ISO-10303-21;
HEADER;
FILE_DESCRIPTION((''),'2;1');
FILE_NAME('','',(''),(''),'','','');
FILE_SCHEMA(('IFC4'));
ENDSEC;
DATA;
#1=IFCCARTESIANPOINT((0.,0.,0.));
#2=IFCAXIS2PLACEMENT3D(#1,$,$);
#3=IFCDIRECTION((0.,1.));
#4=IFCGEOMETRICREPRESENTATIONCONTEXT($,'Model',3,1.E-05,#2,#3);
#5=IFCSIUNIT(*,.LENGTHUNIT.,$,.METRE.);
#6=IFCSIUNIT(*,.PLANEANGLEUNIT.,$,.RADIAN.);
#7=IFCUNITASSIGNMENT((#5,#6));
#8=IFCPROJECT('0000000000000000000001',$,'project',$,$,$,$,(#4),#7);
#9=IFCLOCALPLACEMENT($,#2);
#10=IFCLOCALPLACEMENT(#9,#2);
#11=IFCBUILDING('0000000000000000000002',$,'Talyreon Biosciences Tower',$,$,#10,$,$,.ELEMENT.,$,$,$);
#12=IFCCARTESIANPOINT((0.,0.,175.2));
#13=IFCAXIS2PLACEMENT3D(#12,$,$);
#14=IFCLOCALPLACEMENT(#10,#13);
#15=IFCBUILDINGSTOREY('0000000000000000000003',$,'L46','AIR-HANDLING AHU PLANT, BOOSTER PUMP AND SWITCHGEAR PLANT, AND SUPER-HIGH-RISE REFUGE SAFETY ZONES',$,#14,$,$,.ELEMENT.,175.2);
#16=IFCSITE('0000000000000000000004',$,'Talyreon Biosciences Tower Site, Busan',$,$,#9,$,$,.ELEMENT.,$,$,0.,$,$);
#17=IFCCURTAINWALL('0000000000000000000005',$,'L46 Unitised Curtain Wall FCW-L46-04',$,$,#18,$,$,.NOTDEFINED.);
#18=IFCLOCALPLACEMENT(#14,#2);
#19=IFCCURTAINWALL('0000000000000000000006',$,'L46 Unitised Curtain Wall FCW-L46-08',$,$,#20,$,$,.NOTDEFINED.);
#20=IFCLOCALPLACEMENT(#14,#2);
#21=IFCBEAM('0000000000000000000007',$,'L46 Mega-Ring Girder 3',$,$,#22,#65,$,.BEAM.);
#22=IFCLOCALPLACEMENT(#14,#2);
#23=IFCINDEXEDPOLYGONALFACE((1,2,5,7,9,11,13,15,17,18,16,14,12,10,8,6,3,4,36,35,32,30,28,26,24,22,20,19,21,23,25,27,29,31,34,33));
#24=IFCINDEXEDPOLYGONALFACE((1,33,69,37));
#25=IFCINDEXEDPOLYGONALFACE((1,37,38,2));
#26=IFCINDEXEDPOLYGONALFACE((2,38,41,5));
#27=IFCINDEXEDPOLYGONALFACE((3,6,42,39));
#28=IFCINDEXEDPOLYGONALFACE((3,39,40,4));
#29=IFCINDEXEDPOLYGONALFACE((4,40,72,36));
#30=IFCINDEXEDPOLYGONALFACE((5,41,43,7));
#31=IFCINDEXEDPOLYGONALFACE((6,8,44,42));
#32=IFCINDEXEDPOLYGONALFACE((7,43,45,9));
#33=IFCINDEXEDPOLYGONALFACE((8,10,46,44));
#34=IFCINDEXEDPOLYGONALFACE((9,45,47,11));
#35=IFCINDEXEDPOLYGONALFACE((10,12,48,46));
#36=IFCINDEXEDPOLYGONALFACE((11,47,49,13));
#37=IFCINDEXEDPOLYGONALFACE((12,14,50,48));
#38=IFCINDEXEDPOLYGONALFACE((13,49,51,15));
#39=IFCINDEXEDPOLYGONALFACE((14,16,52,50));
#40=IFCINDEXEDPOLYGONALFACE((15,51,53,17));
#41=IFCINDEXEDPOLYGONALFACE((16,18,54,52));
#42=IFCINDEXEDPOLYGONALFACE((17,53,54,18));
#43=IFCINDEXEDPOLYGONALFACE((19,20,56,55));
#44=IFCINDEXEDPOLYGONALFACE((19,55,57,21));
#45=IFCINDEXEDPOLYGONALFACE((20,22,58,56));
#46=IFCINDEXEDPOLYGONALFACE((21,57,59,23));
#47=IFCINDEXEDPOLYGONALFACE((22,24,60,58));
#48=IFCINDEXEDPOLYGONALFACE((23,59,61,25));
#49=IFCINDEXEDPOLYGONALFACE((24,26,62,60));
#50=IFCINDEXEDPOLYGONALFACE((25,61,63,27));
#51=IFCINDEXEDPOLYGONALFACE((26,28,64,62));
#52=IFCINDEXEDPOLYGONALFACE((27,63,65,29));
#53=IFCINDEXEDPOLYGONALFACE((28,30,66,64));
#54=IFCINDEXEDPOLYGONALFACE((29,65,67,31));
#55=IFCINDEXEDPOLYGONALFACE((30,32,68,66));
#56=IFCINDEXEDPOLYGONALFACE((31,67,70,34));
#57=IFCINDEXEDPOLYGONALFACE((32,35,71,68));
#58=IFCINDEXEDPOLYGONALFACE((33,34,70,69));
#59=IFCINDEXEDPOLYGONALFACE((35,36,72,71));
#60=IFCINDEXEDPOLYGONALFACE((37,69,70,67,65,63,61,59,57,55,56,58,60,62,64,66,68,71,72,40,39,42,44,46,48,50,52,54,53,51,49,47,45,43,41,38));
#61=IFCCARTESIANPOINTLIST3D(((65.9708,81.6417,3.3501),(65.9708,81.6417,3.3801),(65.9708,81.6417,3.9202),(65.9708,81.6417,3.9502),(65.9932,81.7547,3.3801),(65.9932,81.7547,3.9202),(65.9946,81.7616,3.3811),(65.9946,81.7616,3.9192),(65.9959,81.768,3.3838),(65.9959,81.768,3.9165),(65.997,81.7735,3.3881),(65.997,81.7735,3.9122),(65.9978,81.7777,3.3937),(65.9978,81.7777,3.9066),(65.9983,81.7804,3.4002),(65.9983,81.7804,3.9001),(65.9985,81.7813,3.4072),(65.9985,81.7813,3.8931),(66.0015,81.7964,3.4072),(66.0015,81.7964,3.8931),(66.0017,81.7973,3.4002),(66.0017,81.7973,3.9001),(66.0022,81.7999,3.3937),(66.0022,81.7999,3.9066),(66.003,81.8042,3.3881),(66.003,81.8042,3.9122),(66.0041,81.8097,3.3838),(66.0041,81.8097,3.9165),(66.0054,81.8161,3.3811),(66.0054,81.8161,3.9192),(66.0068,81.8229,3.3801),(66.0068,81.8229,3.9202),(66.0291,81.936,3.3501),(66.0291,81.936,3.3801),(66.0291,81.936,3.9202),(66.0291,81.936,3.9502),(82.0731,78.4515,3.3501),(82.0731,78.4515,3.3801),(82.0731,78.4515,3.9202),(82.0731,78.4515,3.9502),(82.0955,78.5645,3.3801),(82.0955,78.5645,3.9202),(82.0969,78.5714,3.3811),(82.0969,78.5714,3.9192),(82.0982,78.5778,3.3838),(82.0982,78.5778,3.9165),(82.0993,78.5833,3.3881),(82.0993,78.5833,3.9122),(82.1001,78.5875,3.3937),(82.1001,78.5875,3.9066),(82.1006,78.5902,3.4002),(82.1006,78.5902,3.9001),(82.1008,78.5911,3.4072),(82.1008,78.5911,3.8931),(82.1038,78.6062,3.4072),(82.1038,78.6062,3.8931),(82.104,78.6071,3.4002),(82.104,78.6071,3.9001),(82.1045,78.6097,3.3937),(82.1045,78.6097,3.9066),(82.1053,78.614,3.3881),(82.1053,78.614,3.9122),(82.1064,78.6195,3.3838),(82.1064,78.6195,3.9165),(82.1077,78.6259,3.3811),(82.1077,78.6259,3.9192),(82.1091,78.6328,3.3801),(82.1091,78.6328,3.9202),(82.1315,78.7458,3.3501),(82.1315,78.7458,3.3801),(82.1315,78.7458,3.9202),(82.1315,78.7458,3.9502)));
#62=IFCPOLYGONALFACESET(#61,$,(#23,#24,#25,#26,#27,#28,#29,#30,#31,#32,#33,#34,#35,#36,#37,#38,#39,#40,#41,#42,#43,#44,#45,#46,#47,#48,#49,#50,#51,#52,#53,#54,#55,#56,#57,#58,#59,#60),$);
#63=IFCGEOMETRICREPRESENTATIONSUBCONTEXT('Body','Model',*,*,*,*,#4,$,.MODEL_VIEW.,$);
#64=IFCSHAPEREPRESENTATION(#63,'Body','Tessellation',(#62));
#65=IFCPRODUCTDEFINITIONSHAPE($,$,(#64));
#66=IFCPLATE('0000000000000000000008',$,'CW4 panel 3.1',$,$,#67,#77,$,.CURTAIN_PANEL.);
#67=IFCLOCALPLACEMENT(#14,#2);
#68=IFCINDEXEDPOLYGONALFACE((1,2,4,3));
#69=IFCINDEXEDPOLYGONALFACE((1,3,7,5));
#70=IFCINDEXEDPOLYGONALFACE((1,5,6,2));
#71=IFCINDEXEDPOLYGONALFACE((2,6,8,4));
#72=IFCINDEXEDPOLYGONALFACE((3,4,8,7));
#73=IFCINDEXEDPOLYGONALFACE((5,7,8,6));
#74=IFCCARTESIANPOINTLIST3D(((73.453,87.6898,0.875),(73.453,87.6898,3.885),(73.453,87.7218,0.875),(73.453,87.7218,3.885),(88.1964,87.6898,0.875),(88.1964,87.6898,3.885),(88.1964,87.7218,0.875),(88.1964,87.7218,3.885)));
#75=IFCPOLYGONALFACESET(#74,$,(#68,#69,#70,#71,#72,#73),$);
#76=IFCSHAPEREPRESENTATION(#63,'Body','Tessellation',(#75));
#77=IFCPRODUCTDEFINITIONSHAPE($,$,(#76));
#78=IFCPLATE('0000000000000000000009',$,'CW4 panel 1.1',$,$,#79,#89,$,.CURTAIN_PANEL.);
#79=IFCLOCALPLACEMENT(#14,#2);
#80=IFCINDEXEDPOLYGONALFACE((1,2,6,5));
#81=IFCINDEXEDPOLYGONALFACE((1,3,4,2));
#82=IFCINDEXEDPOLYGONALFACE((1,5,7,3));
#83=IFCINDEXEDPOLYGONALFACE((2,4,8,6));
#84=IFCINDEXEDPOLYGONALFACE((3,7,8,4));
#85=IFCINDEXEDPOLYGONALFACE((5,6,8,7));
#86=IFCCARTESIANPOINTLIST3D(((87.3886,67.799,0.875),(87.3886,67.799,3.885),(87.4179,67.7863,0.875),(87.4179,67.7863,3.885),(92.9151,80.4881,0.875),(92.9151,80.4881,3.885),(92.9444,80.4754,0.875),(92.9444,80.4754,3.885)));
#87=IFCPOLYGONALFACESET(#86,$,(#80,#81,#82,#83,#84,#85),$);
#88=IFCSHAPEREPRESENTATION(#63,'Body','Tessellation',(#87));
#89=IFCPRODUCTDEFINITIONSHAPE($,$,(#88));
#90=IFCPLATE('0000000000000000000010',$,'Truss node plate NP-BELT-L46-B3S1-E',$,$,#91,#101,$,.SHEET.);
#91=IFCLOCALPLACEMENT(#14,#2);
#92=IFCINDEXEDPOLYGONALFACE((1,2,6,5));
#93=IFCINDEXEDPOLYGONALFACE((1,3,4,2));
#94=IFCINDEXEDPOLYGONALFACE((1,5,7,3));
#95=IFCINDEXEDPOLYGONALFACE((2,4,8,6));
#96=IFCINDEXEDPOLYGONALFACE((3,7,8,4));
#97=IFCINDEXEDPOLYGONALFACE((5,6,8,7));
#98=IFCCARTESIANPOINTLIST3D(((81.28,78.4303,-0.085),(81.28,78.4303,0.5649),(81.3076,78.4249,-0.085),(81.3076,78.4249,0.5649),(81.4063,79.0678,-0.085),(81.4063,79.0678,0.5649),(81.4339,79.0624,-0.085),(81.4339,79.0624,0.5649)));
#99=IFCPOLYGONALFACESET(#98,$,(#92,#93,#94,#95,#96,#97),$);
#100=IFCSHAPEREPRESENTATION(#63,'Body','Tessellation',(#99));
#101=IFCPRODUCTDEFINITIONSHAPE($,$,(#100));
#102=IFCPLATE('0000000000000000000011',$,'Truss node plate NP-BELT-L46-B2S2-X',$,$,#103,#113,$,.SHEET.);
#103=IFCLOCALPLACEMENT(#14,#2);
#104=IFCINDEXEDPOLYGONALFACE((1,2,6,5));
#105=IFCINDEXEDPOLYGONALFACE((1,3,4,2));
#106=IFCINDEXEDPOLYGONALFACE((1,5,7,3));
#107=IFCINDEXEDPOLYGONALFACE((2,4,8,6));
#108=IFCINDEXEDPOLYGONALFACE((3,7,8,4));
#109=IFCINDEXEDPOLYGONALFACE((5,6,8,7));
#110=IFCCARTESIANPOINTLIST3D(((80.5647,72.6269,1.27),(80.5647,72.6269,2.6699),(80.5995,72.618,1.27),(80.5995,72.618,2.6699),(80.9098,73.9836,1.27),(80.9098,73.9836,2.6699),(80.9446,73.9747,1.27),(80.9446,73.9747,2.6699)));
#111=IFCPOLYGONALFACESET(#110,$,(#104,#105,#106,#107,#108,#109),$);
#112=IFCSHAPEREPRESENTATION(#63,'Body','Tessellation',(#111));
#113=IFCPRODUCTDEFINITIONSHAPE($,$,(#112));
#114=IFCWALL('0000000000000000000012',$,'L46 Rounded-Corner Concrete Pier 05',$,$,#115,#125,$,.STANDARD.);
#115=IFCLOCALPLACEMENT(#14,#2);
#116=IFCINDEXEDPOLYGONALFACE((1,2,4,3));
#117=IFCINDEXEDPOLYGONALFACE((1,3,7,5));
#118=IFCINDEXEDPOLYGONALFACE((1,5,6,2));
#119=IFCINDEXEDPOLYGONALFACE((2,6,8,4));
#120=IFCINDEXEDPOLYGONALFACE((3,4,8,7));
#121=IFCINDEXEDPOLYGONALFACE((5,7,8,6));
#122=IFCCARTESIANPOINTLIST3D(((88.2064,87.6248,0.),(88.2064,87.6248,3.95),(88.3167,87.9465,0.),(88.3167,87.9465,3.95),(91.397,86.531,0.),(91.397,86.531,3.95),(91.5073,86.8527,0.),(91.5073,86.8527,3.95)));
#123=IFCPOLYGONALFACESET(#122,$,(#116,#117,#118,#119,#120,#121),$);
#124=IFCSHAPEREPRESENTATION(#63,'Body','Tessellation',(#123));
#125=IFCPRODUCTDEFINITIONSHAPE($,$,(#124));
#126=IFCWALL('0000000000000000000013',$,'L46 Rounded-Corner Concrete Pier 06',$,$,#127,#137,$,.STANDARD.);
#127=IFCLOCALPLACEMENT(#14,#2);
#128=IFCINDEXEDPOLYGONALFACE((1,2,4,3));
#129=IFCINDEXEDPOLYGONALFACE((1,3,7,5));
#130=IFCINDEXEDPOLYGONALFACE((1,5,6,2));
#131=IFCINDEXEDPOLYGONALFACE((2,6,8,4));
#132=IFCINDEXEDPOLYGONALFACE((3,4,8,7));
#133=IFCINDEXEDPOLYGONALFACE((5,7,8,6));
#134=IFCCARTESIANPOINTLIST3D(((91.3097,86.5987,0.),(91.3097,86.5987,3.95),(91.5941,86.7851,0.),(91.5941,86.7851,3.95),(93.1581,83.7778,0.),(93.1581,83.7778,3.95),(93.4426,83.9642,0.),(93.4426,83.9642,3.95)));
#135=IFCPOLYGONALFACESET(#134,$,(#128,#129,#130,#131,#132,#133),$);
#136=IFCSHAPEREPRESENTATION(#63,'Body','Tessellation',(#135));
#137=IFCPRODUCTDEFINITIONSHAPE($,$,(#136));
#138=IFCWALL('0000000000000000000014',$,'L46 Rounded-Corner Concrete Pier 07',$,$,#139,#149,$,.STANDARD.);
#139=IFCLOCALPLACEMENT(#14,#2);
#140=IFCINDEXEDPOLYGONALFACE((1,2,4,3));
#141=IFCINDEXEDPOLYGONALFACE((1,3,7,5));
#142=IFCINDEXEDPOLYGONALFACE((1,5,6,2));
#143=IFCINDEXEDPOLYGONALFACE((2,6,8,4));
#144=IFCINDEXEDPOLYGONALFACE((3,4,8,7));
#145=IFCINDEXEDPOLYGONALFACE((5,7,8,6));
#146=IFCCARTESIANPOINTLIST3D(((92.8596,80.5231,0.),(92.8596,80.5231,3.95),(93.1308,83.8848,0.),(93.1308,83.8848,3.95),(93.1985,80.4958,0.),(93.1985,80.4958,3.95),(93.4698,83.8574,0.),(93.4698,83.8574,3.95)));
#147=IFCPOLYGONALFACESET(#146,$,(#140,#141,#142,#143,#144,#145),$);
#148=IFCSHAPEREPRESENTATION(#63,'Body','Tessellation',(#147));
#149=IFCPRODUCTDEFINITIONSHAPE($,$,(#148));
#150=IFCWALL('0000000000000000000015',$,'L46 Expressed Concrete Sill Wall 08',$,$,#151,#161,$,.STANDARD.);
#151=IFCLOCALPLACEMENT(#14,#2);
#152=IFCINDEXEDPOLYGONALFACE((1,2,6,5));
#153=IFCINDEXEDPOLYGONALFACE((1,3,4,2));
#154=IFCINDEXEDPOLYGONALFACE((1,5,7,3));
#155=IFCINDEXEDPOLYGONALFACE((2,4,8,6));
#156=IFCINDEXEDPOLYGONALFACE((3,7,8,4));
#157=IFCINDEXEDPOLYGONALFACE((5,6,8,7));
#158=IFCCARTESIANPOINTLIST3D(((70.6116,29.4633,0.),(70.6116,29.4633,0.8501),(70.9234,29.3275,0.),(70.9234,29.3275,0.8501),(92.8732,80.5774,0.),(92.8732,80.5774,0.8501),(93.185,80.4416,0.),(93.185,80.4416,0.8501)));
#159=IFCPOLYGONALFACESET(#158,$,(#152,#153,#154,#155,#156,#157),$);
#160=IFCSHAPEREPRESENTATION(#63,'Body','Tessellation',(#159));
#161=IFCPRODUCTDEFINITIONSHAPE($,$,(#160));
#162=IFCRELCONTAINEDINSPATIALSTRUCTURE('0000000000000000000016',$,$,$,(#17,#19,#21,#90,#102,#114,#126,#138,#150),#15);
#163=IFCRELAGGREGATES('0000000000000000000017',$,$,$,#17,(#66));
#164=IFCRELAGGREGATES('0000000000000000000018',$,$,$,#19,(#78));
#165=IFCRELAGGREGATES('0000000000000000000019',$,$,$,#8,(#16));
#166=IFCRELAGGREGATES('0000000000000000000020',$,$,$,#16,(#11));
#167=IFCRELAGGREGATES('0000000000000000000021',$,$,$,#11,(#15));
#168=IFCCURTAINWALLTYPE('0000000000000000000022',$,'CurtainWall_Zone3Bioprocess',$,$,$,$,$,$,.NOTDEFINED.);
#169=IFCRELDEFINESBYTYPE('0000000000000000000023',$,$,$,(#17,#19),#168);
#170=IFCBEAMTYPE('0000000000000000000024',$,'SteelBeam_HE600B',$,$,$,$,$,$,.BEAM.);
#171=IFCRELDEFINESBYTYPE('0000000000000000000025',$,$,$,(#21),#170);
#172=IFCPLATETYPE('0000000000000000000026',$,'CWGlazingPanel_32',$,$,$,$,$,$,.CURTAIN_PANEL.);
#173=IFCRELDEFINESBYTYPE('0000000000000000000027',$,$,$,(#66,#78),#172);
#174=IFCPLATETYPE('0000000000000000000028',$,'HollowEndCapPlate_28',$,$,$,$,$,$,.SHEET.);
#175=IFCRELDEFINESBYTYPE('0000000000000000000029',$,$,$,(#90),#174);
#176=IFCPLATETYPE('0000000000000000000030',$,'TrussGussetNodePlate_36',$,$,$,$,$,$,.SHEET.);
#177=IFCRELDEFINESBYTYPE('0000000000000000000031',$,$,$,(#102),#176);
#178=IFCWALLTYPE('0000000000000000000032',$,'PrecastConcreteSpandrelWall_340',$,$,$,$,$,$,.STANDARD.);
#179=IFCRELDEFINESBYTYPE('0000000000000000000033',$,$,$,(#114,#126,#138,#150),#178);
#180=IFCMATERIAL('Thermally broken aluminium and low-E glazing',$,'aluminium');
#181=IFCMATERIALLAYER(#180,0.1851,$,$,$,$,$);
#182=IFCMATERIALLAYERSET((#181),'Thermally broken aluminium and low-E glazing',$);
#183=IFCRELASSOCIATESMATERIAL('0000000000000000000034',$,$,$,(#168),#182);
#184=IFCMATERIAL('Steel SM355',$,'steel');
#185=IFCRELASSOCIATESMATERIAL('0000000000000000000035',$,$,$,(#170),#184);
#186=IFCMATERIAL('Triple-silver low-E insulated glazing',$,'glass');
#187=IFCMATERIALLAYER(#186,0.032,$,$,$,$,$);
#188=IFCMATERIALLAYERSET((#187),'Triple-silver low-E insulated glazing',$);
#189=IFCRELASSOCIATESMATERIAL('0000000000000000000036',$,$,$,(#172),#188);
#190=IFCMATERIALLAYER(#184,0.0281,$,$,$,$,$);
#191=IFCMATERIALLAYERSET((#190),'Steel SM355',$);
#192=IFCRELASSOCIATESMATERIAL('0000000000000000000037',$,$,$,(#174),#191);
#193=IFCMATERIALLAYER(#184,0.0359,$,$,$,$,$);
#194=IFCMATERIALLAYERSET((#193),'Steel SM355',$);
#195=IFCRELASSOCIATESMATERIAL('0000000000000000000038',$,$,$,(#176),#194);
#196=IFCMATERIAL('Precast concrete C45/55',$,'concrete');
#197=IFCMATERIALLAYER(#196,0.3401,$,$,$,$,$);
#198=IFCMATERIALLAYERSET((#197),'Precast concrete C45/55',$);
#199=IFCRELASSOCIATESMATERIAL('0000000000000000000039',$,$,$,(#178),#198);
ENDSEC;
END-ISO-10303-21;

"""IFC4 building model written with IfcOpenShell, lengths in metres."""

from ifc_helpers import new_model, si_unit, direction, frame, frame_2d, origin, origin_2d, place, context, subcontext, project, spatial, rectangle, i_section, extrude, material, layer, layer_set, material_profile, profile_set, type_object, element, aggregate, save


model = new_model("IFC4")

# Units and contexts
model_context = context("Model", 3, precision=1e-05, world=origin(), true_north=direction((0.0, 1.0)))
body_context = subcontext(model_context, "Body", "Model", "MODEL_VIEW")
ifc_project = project(units=[si_unit("LENGTHUNIT", "METRE"), si_unit("PLANEANGLEUNIT", "RADIAN")], contexts=[model_context])

# Site, building, storey
site_placement = place(None, origin())
site = spatial("IfcSite", under=ifc_project, at=site_placement, Name="Talyreon Biosciences Tower Site, Busan", CompositionType="ELEMENT", RefElevation=0.0)
building_placement = place(site_placement, origin())
building = spatial("IfcBuilding", under=site, at=building_placement, Name="Talyreon Biosciences Tower", CompositionType="ELEMENT")
storey_placement = place(building_placement, frame((0.0, 0.0, 175.2)))
storey = spatial("IfcBuildingStorey", under=building, at=storey_placement, Name="L46", Description="AIR-HANDLING AHU PLANT, BOOSTER PUMP AND SWITCHGEAR PLANT, AND SUPER-HIGH-RISE REFUGE SAFETY ZONES", CompositionType="ELEMENT", Elevation=175.2)

# Shared definitions
ifc_material_1 = material(Name="Steel SM355", Category="steel")

# Curtain wall
ifc_material_2 = material(Name="Thermally broken aluminium and low-E glazing", Category="aluminium")
ifc_layer_1 = layer(ifc_material_2, 0.1851)
ifc_layer_set_1 = layer_set([ifc_layer_1], Name="Thermally broken aluminium and low-E glazing")
curtain_wall_type = type_object("IfcCurtainWallType", Name="CurtainWall_Zone3Bioprocess", PredefinedType="NOTDEFINED", material=ifc_layer_set_1)
curtain_wall_1_placement = place(storey_placement, origin())
curtain_wall_1 = element("IfcCurtainWall", 1, at=curtain_wall_1_placement, inside=storey, type_object=curtain_wall_type, Name="L46 Unitised Curtain Wall FCW-L46-04", PredefinedType="NOTDEFINED")

# Curtain wall
curtain_wall_2_placement = place(storey_placement, origin())
curtain_wall_2 = element("IfcCurtainWall", 2, at=curtain_wall_2_placement, inside=storey, type_object=curtain_wall_type, Name="L46 Unitised Curtain Wall FCW-L46-08", PredefinedType="NOTDEFINED")

# Shared definitions
ifc_material_3 = material(Name="Precast concrete C45/55", Category="concrete")

# Beam
ifc_material_profile_1 = material_profile(ifc_material_1, i_section(OverallWidth=0.3, OverallDepth=0.6001, WebThickness=0.0154, FlangeThickness=0.03, FilletRadius=0.0271, at=origin_2d()), Name="HE600B")
ifc_profile_set_1 = profile_set([ifc_material_profile_1], Name="Steel SM355")
beam_type_1 = type_object("IfcBeamType", Name="SteelBeam_HE600B", PredefinedType="BEAM", material=ifc_profile_set_1)
beam_1_placement = place(storey_placement, frame((82.1023, 78.5986, 3.6501), z_axis=(-0.980934, 0.194343, 0.0), x_axis=(-0.194343, -0.980934, 0.0)))
element("IfcBeam", 3, at=beam_1_placement, inside=storey, type_object=beam_type_1, Name="L46 Mega-Ring Girder 3", PredefinedType="BEAM", context=body_context, shape_type="SweptSolid", body=[
    extrude(i_section(OverallWidth=0.3, OverallDepth=0.6001, WebThickness=0.0154, FlangeThickness=0.03, FilletRadius=0.0271, at=origin_2d()), origin(), (0.0, 0.0, 1.0), 16.4153),
])

# Plates
ifc_material_4 = material(Name="Triple-silver low-E insulated glazing", Category="glass")
ifc_layer_2 = layer(ifc_material_4, 0.032)
ifc_layer_set_2 = layer_set([ifc_layer_2], Name="Triple-silver low-E insulated glazing")
plate_type_1 = type_object("IfcPlateType", Name="CWGlazingPanel_32", PredefinedType="CURTAIN_PANEL", material=ifc_layer_set_2)
plate_1_placement = place(storey_placement, frame((80.8247, 87.7058, 0.875), z_axis=(0.0, 0.0, 1.0), x_axis=(1.0, 0.0, 0.0)))
plate_1 = element("IfcPlate", 4, at=plate_1_placement, type_object=plate_type_1, Name="CW4 panel 3.1", PredefinedType="CURTAIN_PANEL", context=body_context, shape_type="SweptSolid", body=[
    extrude(rectangle(XDim=14.7434, YDim=0.032, at=origin_2d()), origin(), (0.0, 0.0, 1.0), 3.01),
])
aggregate(curtain_wall_1, [plate_1])
plate_2_placement = place(storey_placement, frame((90.1665, 74.1372, 0.875), z_axis=(0.0, 0.0, 1.0), x_axis=(-0.3993, -0.91682, 0.0)))
plate_2 = element("IfcPlate", 5, at=plate_2_placement, type_object=plate_type_1, Name="CW4 panel 1.1", PredefinedType="CURTAIN_PANEL", context=body_context, shape_type="SweptSolid", body=[
    extrude(rectangle(XDim=13.8403, YDim=0.032, at=origin_2d()), origin(), (0.0, 0.0, 1.0), 3.01),
])
aggregate(curtain_wall_2, [plate_2])

# Plates
ifc_layer_3 = layer(ifc_material_1, 0.0281)
ifc_layer_set_3 = layer_set([ifc_layer_3], Name="Steel SM355")
plate_type_2 = type_object("IfcPlateType", Name="HollowEndCapPlate_28", PredefinedType="SHEET", material=ifc_layer_set_3)
plate_3_placement = place(storey_placement, frame((81.3569, 78.7463, -0.085), z_axis=(0.0, 0.0, 1.0), x_axis=(-0.194337, -0.980935, 0.0)))
element("IfcPlate", 6, at=plate_3_placement, inside=storey, type_object=plate_type_2, Name="Truss node plate NP-BELT-L46-B3S1-E", PredefinedType="SHEET", context=body_context, shape_type="SweptSolid", body=[
    extrude(rectangle(XDim=0.6499, YDim=0.0281, at=origin_2d()), origin(), (0.0, 0.0, 1.0), 0.6499),
])
ifc_layer_4 = layer(ifc_material_1, 0.0359)
ifc_layer_set_4 = layer_set([ifc_layer_4], Name="Steel SM355")
plate_type_3 = type_object("IfcPlateType", Name="TrussGussetNodePlate_36", PredefinedType="SHEET", material=ifc_layer_set_4)
plate_4_placement = place(storey_placement, frame((80.7546, 73.3008, 1.27), z_axis=(0.0, 0.0, 1.0), x_axis=(0.246542, 0.969132, 0.0)))
element("IfcPlate", 7, at=plate_4_placement, inside=storey, type_object=plate_type_3, Name="Truss node plate NP-BELT-L46-B2S2-X", PredefinedType="SHEET", context=body_context, shape_type="SweptSolid", body=[
    extrude(rectangle(XDim=1.3999, YDim=0.0359, at=origin_2d()), origin(), (0.0, 0.0, 1.0), 1.3999),
])

# Walls
ifc_layer_5 = layer(ifc_material_3, 0.3401)
ifc_layer_set_5 = layer_set([ifc_layer_5], Name="Precast concrete C45/55")
wall_type = type_object("IfcWallType", Name="PrecastConcreteSpandrelWall_340", PredefinedType="STANDARD", material=ifc_layer_set_5)
wall_1_placement = place(storey_placement, frame((88.2615, 87.7856, 0.0), z_axis=(0.0, 0.0, 1.0), x_axis=(0.945956, -0.324295, 0.0)))
element("IfcWall", 8, at=wall_1_placement, inside=storey, type_object=wall_type, Name="L46 Rounded-Corner Concrete Pier 05", PredefinedType="STANDARD", context=body_context, shape_type="SweptSolid", body=[
    extrude(rectangle(XDim=3.3728, YDim=0.3401, at=frame_2d((1.6865, 0.0))), origin(), (0.0, 0.0, 1.0), 3.95),
])
for number, where, z_axis, x_axis, name in (
    (9, (91.4519, 86.6919, 0.0), (0.0, 0.0, 1.0), (0.548084, -0.836423, 0.0), "L46 Rounded-Corner Concrete Pier 06"),
    (10, (93.3003, 83.8711, 0.0), (0.0, 0.0, 1.0), (-0.080427, -0.99676, 0.0), "L46 Rounded-Corner Concrete Pier 07"),
):
    element("IfcWall", number, at=place(storey_placement, frame(where, z_axis=z_axis, x_axis=x_axis)), inside=storey, type_object=wall_type, Name=name, PredefinedType="STANDARD", context=body_context, shape_type="SweptSolid", body=[
        extrude(rectangle(XDim=3.3726, YDim=0.3401, at=frame_2d((1.6863, 0.0))), origin(), (0.0, 0.0, 1.0), 3.95),
    ])
wall_2_placement = place(storey_placement, frame((93.0291, 80.5095, 0.0), z_axis=(0.0, 0.0, 1.0), x_axis=(-0.399299, -0.916821, 0.0)))
element("IfcWall", 11, at=wall_2_placement, inside=storey, type_object=wall_type, Name="L46 Expressed Concrete Sill Wall 08", PredefinedType="STANDARD", context=body_context, shape_type="SweptSolid", body=[
    extrude(rectangle(XDim=55.7515, YDim=0.3401, at=frame_2d((27.8757, 0.0))), origin(), (0.0, 0.0, 1.0), 0.8501),
])

save(model, "model.ifc")
